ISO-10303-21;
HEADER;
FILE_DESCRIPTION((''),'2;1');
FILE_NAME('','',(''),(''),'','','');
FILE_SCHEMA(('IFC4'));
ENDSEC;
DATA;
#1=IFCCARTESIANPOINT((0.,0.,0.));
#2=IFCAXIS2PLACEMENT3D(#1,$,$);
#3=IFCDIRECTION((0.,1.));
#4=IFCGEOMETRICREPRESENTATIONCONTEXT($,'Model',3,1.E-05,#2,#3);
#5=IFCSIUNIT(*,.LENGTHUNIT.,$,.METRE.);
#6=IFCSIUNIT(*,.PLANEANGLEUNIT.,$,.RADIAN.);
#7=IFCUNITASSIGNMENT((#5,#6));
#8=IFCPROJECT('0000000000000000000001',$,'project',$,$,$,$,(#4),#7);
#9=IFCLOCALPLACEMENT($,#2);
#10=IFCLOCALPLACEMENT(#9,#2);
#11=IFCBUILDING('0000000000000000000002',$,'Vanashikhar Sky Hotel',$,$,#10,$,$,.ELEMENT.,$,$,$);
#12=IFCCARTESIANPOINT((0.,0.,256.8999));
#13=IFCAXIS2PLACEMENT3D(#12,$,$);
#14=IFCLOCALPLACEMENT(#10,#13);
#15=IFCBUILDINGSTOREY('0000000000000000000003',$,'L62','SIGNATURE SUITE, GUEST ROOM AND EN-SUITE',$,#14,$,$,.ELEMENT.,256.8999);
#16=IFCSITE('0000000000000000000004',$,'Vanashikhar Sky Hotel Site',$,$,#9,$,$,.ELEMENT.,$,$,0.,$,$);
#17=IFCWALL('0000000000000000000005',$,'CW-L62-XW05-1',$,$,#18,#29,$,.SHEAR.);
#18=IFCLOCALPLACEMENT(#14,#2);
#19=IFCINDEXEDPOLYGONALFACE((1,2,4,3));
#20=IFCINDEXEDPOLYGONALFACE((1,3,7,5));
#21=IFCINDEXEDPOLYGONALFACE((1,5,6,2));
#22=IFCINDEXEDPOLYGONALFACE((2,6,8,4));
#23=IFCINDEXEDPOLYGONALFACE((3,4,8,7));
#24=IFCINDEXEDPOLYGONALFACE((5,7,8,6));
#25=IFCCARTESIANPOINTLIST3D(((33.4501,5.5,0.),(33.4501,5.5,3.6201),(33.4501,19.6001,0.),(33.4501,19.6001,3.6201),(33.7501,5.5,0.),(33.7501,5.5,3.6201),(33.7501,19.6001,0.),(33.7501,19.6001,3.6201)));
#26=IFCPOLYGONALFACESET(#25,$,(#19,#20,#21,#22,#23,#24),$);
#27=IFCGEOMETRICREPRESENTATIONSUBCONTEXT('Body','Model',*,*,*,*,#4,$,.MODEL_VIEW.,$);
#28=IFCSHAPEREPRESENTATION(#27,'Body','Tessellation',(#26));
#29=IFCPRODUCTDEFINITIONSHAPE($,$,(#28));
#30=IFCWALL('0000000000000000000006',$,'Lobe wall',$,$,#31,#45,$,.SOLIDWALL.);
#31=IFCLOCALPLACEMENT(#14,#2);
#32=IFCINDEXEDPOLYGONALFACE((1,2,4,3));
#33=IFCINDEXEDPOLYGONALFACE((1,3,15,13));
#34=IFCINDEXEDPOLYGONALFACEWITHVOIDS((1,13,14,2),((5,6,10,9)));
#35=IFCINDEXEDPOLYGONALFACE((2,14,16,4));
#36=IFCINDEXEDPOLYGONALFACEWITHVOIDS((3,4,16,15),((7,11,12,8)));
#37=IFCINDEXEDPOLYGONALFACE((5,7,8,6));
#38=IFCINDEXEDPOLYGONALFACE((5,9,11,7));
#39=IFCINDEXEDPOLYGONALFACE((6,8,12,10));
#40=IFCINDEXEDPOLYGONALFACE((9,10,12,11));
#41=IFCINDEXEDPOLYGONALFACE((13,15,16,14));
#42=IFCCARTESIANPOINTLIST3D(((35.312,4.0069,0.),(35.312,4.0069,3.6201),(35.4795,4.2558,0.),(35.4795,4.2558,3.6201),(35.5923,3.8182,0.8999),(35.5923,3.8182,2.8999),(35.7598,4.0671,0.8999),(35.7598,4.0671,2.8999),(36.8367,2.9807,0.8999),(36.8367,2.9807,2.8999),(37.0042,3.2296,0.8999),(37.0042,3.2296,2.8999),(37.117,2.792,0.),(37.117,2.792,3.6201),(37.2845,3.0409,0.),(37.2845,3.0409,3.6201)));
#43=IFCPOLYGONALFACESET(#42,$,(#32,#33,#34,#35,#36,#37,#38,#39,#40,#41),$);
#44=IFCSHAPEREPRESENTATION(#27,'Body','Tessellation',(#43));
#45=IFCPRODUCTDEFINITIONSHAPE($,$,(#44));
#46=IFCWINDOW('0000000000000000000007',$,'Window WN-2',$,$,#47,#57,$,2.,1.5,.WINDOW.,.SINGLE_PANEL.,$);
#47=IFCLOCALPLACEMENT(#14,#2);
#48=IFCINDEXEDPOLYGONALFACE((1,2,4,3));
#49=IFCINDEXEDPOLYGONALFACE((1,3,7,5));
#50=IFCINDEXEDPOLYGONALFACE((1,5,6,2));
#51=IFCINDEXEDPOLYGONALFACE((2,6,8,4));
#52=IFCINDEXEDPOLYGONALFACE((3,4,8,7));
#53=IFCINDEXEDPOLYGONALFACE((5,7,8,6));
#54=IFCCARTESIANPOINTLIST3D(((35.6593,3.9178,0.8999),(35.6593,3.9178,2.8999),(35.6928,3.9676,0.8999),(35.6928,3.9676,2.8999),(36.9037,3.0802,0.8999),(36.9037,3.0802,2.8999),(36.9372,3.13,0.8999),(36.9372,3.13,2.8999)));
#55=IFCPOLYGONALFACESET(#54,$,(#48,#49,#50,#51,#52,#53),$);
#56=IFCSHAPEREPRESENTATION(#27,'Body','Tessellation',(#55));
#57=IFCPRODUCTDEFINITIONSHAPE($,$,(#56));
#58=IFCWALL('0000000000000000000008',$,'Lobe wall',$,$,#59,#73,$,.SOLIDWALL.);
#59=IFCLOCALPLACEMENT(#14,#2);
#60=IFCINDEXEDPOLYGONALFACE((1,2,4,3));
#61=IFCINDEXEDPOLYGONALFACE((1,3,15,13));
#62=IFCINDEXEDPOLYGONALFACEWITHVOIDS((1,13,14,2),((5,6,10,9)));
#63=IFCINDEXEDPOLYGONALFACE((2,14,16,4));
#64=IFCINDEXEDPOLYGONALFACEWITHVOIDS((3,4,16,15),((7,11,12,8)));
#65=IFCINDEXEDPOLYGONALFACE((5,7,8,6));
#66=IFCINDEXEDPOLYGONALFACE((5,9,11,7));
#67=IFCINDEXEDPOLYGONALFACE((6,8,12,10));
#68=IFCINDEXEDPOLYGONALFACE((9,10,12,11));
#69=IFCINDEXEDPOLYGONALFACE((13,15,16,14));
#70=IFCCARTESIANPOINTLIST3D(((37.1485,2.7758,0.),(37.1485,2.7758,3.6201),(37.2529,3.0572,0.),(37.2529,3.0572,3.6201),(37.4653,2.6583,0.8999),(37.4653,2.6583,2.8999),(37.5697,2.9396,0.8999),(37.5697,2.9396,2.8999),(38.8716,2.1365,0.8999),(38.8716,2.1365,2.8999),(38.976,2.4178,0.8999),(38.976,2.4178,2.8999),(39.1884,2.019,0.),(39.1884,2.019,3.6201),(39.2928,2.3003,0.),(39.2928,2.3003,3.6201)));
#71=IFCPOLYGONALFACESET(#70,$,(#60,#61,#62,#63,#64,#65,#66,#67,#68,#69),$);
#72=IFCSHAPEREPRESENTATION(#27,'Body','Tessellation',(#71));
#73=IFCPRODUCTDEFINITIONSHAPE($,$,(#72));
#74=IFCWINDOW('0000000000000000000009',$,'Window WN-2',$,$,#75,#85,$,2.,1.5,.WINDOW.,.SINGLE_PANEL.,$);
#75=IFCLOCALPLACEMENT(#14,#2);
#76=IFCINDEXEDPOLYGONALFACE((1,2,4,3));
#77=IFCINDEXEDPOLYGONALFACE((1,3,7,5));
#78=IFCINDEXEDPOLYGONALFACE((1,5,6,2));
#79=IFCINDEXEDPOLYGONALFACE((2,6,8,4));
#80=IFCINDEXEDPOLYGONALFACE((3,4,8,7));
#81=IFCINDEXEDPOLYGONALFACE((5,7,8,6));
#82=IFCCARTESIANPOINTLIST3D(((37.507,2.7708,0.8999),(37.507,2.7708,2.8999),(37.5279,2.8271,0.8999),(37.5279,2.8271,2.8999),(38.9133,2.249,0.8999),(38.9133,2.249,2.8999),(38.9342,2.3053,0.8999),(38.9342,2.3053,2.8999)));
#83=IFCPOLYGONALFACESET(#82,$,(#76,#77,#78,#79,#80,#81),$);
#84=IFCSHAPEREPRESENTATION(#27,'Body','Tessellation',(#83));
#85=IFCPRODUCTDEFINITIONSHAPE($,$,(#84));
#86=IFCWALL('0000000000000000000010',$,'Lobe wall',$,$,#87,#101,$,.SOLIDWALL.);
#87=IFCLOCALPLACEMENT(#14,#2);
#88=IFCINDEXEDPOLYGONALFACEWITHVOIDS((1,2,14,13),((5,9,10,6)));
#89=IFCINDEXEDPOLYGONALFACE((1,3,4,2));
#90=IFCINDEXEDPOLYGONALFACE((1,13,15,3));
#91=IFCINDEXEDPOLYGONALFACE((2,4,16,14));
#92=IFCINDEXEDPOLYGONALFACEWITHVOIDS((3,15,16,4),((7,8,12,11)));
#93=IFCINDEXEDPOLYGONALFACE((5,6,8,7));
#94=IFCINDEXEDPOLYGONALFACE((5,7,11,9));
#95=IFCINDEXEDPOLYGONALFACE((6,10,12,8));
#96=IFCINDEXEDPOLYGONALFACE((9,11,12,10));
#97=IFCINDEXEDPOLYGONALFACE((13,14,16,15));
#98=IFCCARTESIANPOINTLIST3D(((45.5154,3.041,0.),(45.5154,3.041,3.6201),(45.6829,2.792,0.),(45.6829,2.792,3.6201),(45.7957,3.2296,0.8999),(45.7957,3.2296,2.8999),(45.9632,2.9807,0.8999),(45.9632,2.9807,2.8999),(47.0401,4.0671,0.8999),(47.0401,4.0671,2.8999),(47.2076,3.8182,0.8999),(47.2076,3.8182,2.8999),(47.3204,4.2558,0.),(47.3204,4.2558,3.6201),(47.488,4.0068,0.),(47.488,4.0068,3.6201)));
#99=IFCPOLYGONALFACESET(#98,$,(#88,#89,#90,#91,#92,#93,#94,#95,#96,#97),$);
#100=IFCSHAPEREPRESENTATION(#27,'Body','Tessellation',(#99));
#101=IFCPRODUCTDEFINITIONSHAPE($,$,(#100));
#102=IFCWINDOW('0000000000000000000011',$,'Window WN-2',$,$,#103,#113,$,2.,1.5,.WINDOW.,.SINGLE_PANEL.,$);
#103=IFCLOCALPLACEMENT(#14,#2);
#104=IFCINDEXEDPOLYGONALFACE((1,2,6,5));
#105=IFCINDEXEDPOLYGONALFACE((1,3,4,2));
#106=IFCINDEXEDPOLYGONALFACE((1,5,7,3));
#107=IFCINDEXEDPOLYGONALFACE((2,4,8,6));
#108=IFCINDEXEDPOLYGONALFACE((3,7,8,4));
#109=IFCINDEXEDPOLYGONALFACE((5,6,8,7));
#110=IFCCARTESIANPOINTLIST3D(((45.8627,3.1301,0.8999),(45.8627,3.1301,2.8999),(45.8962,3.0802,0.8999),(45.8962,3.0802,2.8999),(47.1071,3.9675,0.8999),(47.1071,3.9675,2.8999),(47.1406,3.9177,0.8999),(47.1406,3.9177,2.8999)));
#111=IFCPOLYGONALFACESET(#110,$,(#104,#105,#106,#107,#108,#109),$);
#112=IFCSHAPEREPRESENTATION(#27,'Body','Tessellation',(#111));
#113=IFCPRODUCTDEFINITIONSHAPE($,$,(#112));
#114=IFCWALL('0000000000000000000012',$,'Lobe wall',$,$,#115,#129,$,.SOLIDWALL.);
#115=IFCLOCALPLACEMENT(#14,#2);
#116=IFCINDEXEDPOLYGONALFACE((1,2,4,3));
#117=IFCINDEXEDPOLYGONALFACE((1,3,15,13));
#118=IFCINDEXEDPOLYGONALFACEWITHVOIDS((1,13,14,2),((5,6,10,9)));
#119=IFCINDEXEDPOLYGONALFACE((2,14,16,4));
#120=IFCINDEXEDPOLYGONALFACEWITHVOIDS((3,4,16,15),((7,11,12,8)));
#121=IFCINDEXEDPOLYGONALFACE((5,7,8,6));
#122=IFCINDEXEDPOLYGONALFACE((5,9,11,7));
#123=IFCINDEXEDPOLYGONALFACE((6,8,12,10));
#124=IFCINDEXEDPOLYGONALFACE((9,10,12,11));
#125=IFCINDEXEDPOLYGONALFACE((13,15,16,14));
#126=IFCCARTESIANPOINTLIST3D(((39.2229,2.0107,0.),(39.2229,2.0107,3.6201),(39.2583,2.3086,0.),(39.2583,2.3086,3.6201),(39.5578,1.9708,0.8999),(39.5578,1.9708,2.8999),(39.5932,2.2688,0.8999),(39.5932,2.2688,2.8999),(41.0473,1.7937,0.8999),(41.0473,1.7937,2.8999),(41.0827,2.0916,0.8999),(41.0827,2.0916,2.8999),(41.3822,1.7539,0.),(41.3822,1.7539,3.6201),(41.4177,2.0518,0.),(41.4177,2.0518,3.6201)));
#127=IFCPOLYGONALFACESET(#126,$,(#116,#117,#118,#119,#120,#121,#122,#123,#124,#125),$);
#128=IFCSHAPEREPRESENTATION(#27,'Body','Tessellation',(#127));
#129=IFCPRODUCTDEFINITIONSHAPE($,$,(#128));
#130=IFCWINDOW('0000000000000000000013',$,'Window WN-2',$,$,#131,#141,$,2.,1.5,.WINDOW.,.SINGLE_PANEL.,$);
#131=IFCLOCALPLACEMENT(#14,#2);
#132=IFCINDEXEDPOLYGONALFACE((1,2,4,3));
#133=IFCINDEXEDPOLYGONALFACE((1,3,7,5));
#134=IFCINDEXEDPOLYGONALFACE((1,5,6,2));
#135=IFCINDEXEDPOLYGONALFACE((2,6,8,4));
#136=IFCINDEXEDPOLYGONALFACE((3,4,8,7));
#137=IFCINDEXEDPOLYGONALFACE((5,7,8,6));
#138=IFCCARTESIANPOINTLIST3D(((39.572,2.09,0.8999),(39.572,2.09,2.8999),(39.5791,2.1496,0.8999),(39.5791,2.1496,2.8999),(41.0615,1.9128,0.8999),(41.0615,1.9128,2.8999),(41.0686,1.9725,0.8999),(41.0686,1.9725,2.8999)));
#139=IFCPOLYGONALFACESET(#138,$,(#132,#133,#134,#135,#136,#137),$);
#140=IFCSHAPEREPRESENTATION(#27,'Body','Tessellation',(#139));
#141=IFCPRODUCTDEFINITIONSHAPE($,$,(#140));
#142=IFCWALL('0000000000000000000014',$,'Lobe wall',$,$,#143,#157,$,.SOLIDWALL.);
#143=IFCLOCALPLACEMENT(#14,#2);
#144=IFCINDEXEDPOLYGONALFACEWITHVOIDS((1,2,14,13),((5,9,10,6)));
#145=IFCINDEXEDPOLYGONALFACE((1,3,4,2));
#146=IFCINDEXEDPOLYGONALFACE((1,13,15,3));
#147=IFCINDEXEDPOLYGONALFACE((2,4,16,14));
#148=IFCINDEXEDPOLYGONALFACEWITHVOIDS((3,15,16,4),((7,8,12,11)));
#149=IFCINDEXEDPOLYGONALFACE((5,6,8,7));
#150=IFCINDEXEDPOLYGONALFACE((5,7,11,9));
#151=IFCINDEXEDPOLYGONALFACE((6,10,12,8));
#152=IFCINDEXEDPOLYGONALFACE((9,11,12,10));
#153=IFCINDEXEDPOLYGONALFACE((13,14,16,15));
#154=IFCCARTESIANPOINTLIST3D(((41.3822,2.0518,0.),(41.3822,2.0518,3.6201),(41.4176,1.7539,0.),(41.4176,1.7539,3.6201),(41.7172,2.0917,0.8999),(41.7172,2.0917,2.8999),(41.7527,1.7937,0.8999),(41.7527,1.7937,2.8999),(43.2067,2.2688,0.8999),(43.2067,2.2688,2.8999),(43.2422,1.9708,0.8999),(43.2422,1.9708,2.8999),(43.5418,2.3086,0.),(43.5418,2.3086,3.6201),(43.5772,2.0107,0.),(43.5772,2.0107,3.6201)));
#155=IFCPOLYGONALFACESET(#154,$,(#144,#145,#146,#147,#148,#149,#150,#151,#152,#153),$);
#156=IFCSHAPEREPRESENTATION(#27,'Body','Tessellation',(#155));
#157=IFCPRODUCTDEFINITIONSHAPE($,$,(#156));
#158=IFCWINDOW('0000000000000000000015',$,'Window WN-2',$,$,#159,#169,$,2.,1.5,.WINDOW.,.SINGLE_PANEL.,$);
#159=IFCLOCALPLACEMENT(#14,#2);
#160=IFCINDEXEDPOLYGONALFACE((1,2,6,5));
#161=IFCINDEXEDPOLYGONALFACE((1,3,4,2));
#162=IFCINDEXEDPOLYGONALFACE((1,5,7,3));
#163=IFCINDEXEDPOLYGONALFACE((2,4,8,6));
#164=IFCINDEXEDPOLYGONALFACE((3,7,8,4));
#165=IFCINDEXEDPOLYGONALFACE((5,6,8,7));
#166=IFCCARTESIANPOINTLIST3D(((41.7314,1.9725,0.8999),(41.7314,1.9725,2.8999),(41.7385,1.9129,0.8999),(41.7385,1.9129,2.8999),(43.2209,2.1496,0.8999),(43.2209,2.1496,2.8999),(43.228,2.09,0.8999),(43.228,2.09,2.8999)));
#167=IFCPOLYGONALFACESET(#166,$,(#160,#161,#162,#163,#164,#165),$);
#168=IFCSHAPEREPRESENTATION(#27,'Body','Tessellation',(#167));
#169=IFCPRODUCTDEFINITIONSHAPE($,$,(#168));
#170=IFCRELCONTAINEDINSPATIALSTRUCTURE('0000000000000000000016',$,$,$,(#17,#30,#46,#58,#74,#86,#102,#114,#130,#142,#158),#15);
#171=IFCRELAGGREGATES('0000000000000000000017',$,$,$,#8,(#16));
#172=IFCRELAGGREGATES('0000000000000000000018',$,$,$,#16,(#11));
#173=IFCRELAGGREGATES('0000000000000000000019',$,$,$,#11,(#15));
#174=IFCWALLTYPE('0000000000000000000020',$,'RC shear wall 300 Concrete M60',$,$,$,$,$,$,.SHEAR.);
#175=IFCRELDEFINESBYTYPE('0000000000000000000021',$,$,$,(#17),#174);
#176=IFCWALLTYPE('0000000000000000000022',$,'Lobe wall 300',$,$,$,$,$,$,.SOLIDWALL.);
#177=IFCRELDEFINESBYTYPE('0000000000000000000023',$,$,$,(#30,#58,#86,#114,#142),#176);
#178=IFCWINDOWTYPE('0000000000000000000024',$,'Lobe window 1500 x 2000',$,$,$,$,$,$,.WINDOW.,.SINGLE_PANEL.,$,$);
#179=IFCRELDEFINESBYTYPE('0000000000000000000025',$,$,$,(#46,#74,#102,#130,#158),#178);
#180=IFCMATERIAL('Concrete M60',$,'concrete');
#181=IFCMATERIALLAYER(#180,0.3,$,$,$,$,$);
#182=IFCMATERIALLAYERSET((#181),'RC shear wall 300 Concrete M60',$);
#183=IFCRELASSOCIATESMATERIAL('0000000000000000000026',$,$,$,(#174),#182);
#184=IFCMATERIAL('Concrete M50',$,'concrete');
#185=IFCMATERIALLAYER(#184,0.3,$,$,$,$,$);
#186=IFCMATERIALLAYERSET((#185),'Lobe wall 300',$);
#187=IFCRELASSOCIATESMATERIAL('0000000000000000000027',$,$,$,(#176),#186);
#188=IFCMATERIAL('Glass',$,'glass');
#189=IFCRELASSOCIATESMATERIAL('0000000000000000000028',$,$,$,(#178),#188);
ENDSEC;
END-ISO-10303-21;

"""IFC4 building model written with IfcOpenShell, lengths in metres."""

from ifc_helpers import new_model, si_unit, direction, frame, frame_2d, origin, place, context, subcontext, project, spatial, rectangle, extrude, source, transform, mapped, material, layer, layer_set, type_object, element, fill, save


model = new_model("IFC4")

# Units and contexts
model_context = context("Model", 3, precision=1e-05, world=origin(), true_north=direction((0.0, 1.0)))
body_context = subcontext(model_context, "Body", "Model", "MODEL_VIEW")
ifc_project = project(units=[si_unit("LENGTHUNIT", "METRE"), si_unit("PLANEANGLEUNIT", "RADIAN")], contexts=[model_context])

# Site, building, storey
site_placement = place(None, origin())
site = spatial("IfcSite", under=ifc_project, at=site_placement, Name="Vanashikhar Sky Hotel Site", CompositionType="ELEMENT", RefElevation=0.0)
building_placement = place(site_placement, origin())
building = spatial("IfcBuilding", under=site, at=building_placement, Name="Vanashikhar Sky Hotel", CompositionType="ELEMENT")
storey_placement = place(building_placement, frame((0.0, 0.0, 256.8999)))
storey = spatial("IfcBuildingStorey", under=building, at=storey_placement, Name="L62", Description="SIGNATURE SUITE, GUEST ROOM AND EN-SUITE", CompositionType="ELEMENT", Elevation=256.8999)

# Wall
ifc_material_1 = material(Name="Concrete M60", Category="concrete")
ifc_layer_1 = layer(ifc_material_1, 0.3)
ifc_layer_set_1 = layer_set([ifc_layer_1], Name="RC shear wall 300 Concrete M60")
wall_type_1 = type_object("IfcWallType", Name="RC shear wall 300 Concrete M60", PredefinedType="SHEAR", material=ifc_layer_set_1)
shared_shape_1 = source(origin(), body_context, "Body", "SweptSolid", [
    extrude(rectangle(XDim=14.1001, YDim=0.3, at=frame_2d((7.05, 0.0))), origin(), (0.0, 0.0, 1.0), 3.6201),
])
wall_1_placement = place(storey_placement, frame((33.6001, 5.5, 0.0), z_axis=(0.0, 0.0, 1.0), x_axis=(0.0, 1.0, 0.0)))
element("IfcWall", 1, at=wall_1_placement, inside=storey, type_object=wall_type_1, Name="CW-L62-XW05-1", PredefinedType="SHEAR", context=body_context, shape_type="MappedRepresentation", body=[
    mapped(shared_shape_1, transform((0.0, 0.0, 0.0), scale=1.0)),
])

# Walls, openings, windows
ifc_material_2 = material(Name="Concrete M50", Category="concrete")
ifc_layer_2 = layer(ifc_material_2, 0.3)
ifc_layer_set_2 = layer_set([ifc_layer_2], Name="Lobe wall 300")
wall_type_2 = type_object("IfcWallType", Name="Lobe wall 300", PredefinedType="SOLIDWALL", material=ifc_layer_set_2)
shared_shape_2 = source(origin(), body_context, "Body", "SweptSolid", [
    extrude(rectangle(XDim=2.1758, YDim=0.3, at=frame_2d((1.0879, 0.0))), origin(), (0.0, 0.0, 1.0), 3.6201),
])
wall_2_placement = place(storey_placement, frame((35.3958, 4.1313, 0.0), z_axis=(0.0, 0.0, 1.0), x_axis=(0.829591, -0.558372, 0.0)))
wall_2 = element("IfcWall", 2, at=wall_2_placement, inside=storey, type_object=wall_type_2, Name="Lobe wall", PredefinedType="SOLIDWALL", context=body_context, shape_type="MappedRepresentation", body=[
    mapped(shared_shape_2, transform((0.0, 0.0, 0.0), scale=1.0)),
])
shared_shape_3 = source(origin(), body_context, "Body", "SweptSolid", [
    extrude(rectangle(XDim=1.5, YDim=2.0, at=frame_2d((0.75, 1.0))), frame((0.0, 0.1602, 0.0), z_axis=(0.0, -1.0, 0.0), x_axis=(1.0, 0.0, 0.0)), (0.0, 0.0, 1.0), 0.3201),
])
opening_1_placement = place(wall_2_placement, frame((0.3379, 0.0, 0.8999)))
opening_1 = element("IfcOpeningElement", 3, at=opening_1_placement, cuts=wall_2, PredefinedType="OPENING", context=body_context, shape_type="MappedRepresentation", body=[
    mapped(shared_shape_3, transform((0.0, 0.0, 0.0), scale=1.0)),
])
ifc_material_3 = material(Name="Glass", Category="glass")
window_type = type_object("IfcWindowType", Name="Lobe window 1500 x 2000", PartitioningType="SINGLE_PANEL", PredefinedType="WINDOW", material=ifc_material_3)
shared_shape_4 = source(origin(), body_context, "Body", "SweptSolid", [
    extrude(rectangle(XDim=1.5, YDim=2.0, at=frame_2d((0.75, 1.0))), frame((0.0, 0.03, 0.0), z_axis=(0.0, -1.0, 0.0), x_axis=(1.0, 0.0, 0.0)), (0.0, 0.0, 1.0), 0.0601),
])
window_1_placement = place(opening_1_placement, origin())
window_1 = element("IfcWindow", 4, at=window_1_placement, inside=storey, type_object=window_type, Name="Window WN-2", OverallHeight=2.0, OverallWidth=1.5, PartitioningType="SINGLE_PANEL", PredefinedType="WINDOW", context=body_context, shape_type="MappedRepresentation", body=[
    mapped(shared_shape_4, transform((0.0, 0.0, 0.0), scale=1.0)),
])
fill(opening_1, window_1)
wall_3_placement = place(storey_placement, frame((37.2007, 2.9165, 0.0), z_axis=(0.0, 0.0, 1.0), x_axis=(0.937546, -0.347863, 0.0)))
wall_3 = element("IfcWall", 5, at=wall_3_placement, inside=storey, type_object=wall_type_2, Name="Lobe wall", PredefinedType="SOLIDWALL", context=body_context, shape_type="MappedRepresentation", body=[
    mapped(shared_shape_2, transform((0.0, 0.0, 0.0), scale=1.0)),
])
opening_2_placement = place(wall_3_placement, frame((0.3379, 0.0, 0.8999)))
opening_2 = element("IfcOpeningElement", 6, at=opening_2_placement, cuts=wall_3, PredefinedType="OPENING", context=body_context, shape_type="MappedRepresentation", body=[
    mapped(shared_shape_3, transform((0.0, 0.0, 0.0), scale=1.0)),
])
window_2_placement = place(opening_2_placement, origin())
window_2 = element("IfcWindow", 7, at=window_2_placement, inside=storey, type_object=window_type, Name="Window WN-2", OverallHeight=2.0, OverallWidth=1.5, PartitioningType="SINGLE_PANEL", PredefinedType="WINDOW", context=body_context, shape_type="MappedRepresentation", body=[
    mapped(shared_shape_4, transform((0.0, 0.0, 0.0), scale=1.0)),
])
fill(opening_2, window_2)
wall_4_placement = place(storey_placement, frame((45.5991, 2.9165, 0.0), z_axis=(0.0, 0.0, 1.0), x_axis=(0.829626, 0.55832, 0.0)))
wall_4 = element("IfcWall", 8, at=wall_4_placement, inside=storey, type_object=wall_type_2, Name="Lobe wall", PredefinedType="SOLIDWALL", context=body_context, shape_type="MappedRepresentation", body=[
    mapped(shared_shape_2, transform((0.0, 0.0, 0.0), scale=1.0)),
])
opening_3_placement = place(wall_4_placement, frame((0.3379, 0.0, 0.8999)))
opening_3 = element("IfcOpeningElement", 9, at=opening_3_placement, cuts=wall_4, PredefinedType="OPENING", context=body_context, shape_type="MappedRepresentation", body=[
    mapped(shared_shape_3, transform((0.0, 0.0, 0.0), scale=1.0)),
])
window_3_placement = place(opening_3_placement, origin())
window_3 = element("IfcWindow", 10, at=window_3_placement, inside=storey, type_object=window_type, Name="Window WN-2", OverallHeight=2.0, OverallWidth=1.5, PartitioningType="SINGLE_PANEL", PredefinedType="WINDOW", context=body_context, shape_type="MappedRepresentation", body=[
    mapped(shared_shape_4, transform((0.0, 0.0, 0.0), scale=1.0)),
])
fill(opening_3, window_3)
shared_shape_5 = source(origin(), body_context, "Body", "SweptSolid", [
    extrude(rectangle(XDim=2.1746, YDim=0.3, at=frame_2d((1.0874, 0.0))), origin(), (0.0, 0.0, 1.0), 3.6201),
])
wall_5_placement = place(storey_placement, frame((39.2405, 2.1597, 0.0), z_axis=(0.0, 0.0, 1.0), x_axis=(0.993001, -0.118105, 0.0)))
wall_5 = element("IfcWall", 11, at=wall_5_placement, inside=storey, type_object=wall_type_2, Name="Lobe wall", PredefinedType="SOLIDWALL", context=body_context, shape_type="MappedRepresentation", body=[
    mapped(shared_shape_5, transform((0.0, 0.0, 0.0), scale=1.0)),
])
opening_4_placement = place(wall_5_placement, frame((0.3374, 0.0, 0.8999)))
opening_4 = element("IfcOpeningElement", 12, at=opening_4_placement, cuts=wall_5, PredefinedType="OPENING", context=body_context, shape_type="MappedRepresentation", body=[
    mapped(shared_shape_3, transform((0.0, 0.0, 0.0), scale=1.0)),
])
window_4_placement = place(opening_4_placement, origin())
window_4 = element("IfcWindow", 13, at=window_4_placement, inside=storey, type_object=window_type, Name="Window WN-2", OverallHeight=2.0, OverallWidth=1.5, PartitioningType="SINGLE_PANEL", PredefinedType="WINDOW", context=body_context, shape_type="MappedRepresentation", body=[
    mapped(shared_shape_4, transform((0.0, 0.0, 0.0), scale=1.0)),
])
fill(opening_4, window_4)
shared_shape_6 = source(origin(), body_context, "Body", "SweptSolid", [
    extrude(rectangle(XDim=2.1748, YDim=0.3, at=frame_2d((1.0874, 0.0))), origin(), (0.0, 0.0, 1.0), 3.6201),
])
wall_6_placement = place(storey_placement, frame((41.3999, 1.9028, 0.0), z_axis=(0.0, 0.0, 1.0), x_axis=(0.993003, 0.118092, 0.0)))
wall_6 = element("IfcWall", 14, at=wall_6_placement, inside=storey, type_object=wall_type_2, Name="Lobe wall", PredefinedType="SOLIDWALL", context=body_context, shape_type="MappedRepresentation", body=[
    mapped(shared_shape_6, transform((0.0, 0.0, 0.0), scale=1.0)),
])
opening_5_placement = place(wall_6_placement, frame((0.3374, 0.0, 0.8999)))
opening_5 = element("IfcOpeningElement", 15, at=opening_5_placement, cuts=wall_6, PredefinedType="OPENING", context=body_context, shape_type="MappedRepresentation", body=[
    mapped(shared_shape_3, transform((0.0, 0.0, 0.0), scale=1.0)),
])
window_5_placement = place(opening_5_placement, origin())
window_5 = element("IfcWindow", 16, at=window_5_placement, inside=storey, type_object=window_type, Name="Window WN-2", OverallHeight=2.0, OverallWidth=1.5, PartitioningType="SINGLE_PANEL", PredefinedType="WINDOW", context=body_context, shape_type="MappedRepresentation", body=[
    mapped(shared_shape_4, transform((0.0, 0.0, 0.0), scale=1.0)),
])
fill(opening_5, window_5)

save(model, "model.ifc")
